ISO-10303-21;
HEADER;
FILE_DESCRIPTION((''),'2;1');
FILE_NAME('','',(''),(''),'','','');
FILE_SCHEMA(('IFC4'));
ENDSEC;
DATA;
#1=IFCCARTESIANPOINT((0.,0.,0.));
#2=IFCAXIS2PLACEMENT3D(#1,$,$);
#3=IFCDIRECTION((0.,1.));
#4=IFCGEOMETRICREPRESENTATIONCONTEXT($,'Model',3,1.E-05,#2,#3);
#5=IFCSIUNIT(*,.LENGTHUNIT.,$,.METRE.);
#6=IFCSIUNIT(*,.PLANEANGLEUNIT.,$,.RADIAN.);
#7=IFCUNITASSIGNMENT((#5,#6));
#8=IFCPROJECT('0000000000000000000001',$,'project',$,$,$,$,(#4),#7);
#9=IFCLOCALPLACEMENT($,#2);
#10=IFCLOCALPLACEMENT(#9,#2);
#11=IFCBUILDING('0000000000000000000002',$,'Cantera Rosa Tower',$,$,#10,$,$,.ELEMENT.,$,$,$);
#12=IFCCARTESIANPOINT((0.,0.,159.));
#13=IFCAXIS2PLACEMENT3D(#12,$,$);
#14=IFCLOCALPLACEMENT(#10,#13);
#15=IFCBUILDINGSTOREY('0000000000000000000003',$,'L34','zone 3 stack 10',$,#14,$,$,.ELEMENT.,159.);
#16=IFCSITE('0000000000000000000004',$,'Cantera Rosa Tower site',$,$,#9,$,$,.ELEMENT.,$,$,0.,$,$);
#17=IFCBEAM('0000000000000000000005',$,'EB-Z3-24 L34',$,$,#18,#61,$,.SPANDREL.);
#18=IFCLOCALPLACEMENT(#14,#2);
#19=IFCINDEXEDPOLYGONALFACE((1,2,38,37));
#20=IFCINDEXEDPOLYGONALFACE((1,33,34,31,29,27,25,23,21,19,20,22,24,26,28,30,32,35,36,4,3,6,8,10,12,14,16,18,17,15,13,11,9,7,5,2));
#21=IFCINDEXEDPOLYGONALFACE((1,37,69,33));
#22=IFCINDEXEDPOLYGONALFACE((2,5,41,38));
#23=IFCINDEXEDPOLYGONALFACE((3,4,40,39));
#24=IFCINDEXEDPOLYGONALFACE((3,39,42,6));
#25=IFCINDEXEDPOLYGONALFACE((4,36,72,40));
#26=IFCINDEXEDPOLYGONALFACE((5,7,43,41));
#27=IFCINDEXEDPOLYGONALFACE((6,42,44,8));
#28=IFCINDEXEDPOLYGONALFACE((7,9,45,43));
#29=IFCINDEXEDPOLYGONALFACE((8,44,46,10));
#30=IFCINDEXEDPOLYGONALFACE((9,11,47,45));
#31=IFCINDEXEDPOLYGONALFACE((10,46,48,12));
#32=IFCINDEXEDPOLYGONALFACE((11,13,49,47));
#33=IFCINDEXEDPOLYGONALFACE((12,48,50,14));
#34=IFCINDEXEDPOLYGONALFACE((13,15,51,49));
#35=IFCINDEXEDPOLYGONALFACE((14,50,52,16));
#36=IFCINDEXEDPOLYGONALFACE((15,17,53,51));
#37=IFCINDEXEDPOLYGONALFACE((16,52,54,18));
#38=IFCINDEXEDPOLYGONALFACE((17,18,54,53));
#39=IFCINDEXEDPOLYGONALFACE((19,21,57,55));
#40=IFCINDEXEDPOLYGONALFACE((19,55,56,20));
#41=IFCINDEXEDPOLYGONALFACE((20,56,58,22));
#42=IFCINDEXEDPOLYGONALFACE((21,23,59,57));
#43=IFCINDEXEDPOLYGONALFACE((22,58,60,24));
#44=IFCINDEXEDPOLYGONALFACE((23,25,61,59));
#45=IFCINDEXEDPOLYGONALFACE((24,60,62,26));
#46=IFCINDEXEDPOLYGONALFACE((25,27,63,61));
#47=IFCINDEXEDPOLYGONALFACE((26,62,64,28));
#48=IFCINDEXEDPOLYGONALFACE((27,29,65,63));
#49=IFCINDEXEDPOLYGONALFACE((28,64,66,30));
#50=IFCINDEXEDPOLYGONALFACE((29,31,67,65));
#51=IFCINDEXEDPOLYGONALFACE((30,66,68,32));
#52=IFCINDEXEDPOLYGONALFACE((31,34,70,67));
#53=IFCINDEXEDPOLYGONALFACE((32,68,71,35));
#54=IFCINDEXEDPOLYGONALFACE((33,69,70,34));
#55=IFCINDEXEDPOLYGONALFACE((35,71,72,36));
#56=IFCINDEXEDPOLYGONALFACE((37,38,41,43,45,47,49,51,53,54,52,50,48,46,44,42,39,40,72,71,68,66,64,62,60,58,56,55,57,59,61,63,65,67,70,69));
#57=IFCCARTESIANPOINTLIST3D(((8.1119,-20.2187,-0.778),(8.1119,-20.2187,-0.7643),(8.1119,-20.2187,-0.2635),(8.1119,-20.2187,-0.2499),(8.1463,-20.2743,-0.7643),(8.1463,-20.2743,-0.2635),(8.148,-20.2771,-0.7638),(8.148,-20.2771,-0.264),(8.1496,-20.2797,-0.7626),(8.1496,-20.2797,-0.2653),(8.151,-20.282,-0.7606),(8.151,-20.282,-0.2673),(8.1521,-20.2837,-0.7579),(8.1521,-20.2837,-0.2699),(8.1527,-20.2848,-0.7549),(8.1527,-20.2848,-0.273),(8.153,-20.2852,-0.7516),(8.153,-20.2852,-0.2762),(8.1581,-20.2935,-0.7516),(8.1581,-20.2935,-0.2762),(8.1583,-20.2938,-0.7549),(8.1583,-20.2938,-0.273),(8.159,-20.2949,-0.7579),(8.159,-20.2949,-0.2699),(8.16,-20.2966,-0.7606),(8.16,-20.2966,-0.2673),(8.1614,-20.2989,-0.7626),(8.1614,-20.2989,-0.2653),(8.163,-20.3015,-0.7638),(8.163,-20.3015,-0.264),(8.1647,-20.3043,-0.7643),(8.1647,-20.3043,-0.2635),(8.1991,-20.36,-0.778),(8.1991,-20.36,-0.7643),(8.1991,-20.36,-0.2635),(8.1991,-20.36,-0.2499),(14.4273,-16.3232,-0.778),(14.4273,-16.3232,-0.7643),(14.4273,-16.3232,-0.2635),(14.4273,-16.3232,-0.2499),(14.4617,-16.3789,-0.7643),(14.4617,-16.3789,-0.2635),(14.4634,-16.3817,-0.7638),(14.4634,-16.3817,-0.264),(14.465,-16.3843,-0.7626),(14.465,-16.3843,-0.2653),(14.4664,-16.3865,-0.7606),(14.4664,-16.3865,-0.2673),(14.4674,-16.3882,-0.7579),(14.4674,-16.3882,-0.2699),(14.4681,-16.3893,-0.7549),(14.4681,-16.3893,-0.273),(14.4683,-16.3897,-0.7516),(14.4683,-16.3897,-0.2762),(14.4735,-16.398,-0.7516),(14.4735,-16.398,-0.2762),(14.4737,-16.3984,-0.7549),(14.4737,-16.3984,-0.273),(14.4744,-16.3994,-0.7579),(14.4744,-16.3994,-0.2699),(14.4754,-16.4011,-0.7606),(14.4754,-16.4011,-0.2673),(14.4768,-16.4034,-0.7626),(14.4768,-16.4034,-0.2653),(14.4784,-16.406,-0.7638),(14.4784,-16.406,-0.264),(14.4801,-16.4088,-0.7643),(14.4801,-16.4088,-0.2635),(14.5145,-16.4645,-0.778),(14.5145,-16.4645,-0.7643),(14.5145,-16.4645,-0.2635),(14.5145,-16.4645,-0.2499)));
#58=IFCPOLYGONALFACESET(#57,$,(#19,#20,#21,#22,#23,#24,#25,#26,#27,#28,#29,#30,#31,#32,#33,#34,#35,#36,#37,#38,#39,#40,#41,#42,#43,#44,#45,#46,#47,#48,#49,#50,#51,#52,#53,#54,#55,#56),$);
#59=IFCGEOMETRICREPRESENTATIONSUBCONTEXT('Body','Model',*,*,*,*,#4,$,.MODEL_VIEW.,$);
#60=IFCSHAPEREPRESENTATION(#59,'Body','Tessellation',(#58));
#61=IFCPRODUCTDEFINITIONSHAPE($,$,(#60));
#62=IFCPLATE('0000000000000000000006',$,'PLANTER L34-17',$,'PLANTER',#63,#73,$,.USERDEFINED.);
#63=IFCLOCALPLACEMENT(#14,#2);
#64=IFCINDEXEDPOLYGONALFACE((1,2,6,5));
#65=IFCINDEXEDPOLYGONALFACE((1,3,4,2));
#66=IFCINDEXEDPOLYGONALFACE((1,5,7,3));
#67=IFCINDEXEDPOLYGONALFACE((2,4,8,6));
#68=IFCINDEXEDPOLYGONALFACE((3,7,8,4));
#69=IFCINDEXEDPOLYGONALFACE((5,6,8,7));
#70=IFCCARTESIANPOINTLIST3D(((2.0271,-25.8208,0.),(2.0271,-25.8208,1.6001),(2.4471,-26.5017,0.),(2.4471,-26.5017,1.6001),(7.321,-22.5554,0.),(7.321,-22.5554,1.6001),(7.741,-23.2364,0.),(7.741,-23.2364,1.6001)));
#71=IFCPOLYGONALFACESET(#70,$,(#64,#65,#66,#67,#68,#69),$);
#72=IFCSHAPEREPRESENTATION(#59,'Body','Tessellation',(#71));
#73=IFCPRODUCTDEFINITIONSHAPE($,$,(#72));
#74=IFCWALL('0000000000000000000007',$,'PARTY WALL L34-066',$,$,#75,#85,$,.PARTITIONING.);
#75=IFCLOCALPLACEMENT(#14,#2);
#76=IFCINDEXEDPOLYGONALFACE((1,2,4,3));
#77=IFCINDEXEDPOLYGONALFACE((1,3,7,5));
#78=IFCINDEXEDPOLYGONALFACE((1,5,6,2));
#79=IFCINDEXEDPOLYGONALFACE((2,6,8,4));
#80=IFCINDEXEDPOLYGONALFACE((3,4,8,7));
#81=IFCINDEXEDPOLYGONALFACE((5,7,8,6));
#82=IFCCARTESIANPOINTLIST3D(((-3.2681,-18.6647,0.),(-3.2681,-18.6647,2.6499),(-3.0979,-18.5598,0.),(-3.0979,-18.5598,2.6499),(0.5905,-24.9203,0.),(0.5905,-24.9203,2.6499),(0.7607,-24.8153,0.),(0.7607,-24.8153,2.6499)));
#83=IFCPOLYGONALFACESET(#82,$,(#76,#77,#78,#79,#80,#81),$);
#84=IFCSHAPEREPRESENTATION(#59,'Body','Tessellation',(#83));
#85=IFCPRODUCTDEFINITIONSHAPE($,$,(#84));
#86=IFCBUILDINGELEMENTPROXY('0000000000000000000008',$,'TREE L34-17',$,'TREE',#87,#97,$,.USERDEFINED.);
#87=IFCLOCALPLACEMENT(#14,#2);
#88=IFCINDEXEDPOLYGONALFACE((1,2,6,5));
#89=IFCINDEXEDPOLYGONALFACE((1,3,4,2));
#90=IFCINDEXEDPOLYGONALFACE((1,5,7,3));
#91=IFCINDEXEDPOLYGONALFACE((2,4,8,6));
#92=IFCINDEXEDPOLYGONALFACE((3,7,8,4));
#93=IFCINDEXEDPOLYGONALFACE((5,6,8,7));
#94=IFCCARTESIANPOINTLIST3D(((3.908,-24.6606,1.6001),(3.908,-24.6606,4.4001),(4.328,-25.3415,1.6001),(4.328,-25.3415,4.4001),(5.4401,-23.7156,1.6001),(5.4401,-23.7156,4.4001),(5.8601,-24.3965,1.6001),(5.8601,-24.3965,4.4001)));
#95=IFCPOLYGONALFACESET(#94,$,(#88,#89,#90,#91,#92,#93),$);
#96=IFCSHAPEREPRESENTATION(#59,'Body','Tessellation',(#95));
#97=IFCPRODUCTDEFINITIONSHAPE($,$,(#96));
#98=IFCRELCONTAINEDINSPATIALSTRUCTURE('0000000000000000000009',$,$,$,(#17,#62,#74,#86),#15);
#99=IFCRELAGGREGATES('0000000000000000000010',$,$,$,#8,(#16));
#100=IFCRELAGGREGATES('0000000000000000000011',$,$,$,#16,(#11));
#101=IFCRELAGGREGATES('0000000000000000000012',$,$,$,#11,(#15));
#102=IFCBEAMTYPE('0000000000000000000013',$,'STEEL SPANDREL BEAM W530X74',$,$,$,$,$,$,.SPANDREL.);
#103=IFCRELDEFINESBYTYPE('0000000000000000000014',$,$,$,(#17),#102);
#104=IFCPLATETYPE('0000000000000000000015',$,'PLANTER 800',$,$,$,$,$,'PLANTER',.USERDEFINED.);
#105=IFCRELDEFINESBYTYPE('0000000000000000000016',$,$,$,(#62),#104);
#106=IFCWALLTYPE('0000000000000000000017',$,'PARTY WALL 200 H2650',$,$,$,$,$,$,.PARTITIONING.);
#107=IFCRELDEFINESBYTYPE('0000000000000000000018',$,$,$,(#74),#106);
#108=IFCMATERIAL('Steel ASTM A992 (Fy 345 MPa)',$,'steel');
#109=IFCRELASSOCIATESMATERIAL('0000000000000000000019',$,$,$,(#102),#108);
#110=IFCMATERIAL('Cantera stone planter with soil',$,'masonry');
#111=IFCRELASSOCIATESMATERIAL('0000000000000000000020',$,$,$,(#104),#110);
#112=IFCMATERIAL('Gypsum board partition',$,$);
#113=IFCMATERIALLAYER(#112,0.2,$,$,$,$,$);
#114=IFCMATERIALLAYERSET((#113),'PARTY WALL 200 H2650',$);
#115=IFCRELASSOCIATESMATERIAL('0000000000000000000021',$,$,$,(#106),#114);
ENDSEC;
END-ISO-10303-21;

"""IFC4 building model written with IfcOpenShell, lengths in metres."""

from ifc_helpers import new_model, si_unit, direction, frame, frame_2d, origin, origin_2d, place, context, subcontext, project, spatial, rectangle, i_section, extrude, material, layer, layer_set, material_profile, profile_set, type_object, element, save


model = new_model("IFC4")

# Units and contexts
model_context = context("Model", 3, precision=1e-05, world=origin(), true_north=direction((0.0, 1.0)))
body_context = subcontext(model_context, "Body", "Model", "MODEL_VIEW")
ifc_project = project(units=[si_unit("LENGTHUNIT", "METRE"), si_unit("PLANEANGLEUNIT", "RADIAN")], contexts=[model_context])

# Site, building, storey
site_placement = place(None, origin())
site = spatial("IfcSite", under=ifc_project, at=site_placement, Name="Cantera Rosa Tower site", CompositionType="ELEMENT", RefElevation=0.0)
building_placement = place(site_placement, origin())
building = spatial("IfcBuilding", under=site, at=building_placement, Name="Cantera Rosa Tower", CompositionType="ELEMENT")
storey_placement = place(building_placement, frame((0.0, 0.0, 159.0)))
storey = spatial("IfcBuildingStorey", under=building, at=storey_placement, Name="L34", Description="zone 3 stack 10", CompositionType="ELEMENT", Elevation=159.0)

# Beam
ifc_material_1 = material(Name="Steel ASTM A992 (Fy 345 MPa)", Category="steel")
ifc_material_profile_1 = material_profile(ifc_material_1, i_section(OverallWidth=0.166, OverallDepth=0.5281, WebThickness=0.0098, FlangeThickness=0.0137, FilletRadius=0.0127, at=origin_2d()), Name="W530X74")
ifc_profile_set_1 = profile_set([ifc_material_profile_1], Name="Steel ASTM A992 (Fy 345 MPa)")
beam_type_1 = type_object("IfcBeamType", Name="STEEL SPANDREL BEAM W530X74", PredefinedType="SPANDREL", material=ifc_profile_set_1)
for number, where, z_axis, x_axis, name in (
    (1, (8.1555, -20.2893, -0.5139), (0.851111, 0.524986, 0.0), (-0.524986, 0.851111, 0.0), "EB-Z3-24 L34"),
):
    element("IfcBeam", number, at=place(storey_placement, frame(where, z_axis=z_axis, x_axis=x_axis)), inside=storey, type_object=beam_type_1, Name=name, PredefinedType="SPANDREL", context=body_context, shape_type="SweptSolid", body=[
        extrude(i_section(OverallWidth=0.166, OverallDepth=0.5281, WebThickness=0.0098, FlangeThickness=0.0137, FilletRadius=0.0127, at=origin_2d()), origin(), (0.0, 0.0, 1.0), 7.4202),
    ])

# Plate
ifc_material_2 = material(Name="Cantera stone planter with soil", Category="masonry")
plate_type = type_object("IfcPlateType", Name="PLANTER 800", ElementType="PLANTER", PredefinedType="USERDEFINED", material=ifc_material_2)
plate_placement = place(storey_placement, frame((4.884, -24.5286, 0.0), z_axis=(0.0, 0.0, 1.0), x_axis=(0.851117, 0.524977, 0.0)))
element("IfcPlate", 2, at=plate_placement, inside=storey, type_object=plate_type, Name="PLANTER L34-17", ObjectType="PLANTER", PredefinedType="USERDEFINED", context=body_context, shape_type="SweptSolid", body=[
    extrude(rectangle(XDim=6.22, YDim=0.8, at=origin_2d()), origin(), (0.0, 0.0, 1.0), 1.6001),
])

# Wall
ifc_material_3 = material(Name="Gypsum board partition")
ifc_layer_1 = layer(ifc_material_3, 0.2)
ifc_layer_set_1 = layer_set([ifc_layer_1], Name="PARTY WALL 200 H2650")
wall_type_1 = type_object("IfcWallType", Name="PARTY WALL 200 H2650", PredefinedType="PARTITIONING", material=ifc_layer_set_1)
wall_1_placement = place(storey_placement, frame((0.6755, -24.8677, 0.0), z_axis=(0.0, 0.0, 1.0), x_axis=(-0.524989, 0.851109, 0.0)))
element("IfcWall", 3, at=wall_1_placement, inside=storey, type_object=wall_type_1, Name="PARTY WALL L34-066", PredefinedType="PARTITIONING", context=body_context, shape_type="SweptSolid", body=[
    extrude(rectangle(XDim=7.3499, YDim=0.2, at=frame_2d((3.6748, 0.0))), origin(), (0.0, 0.0, 1.0), 2.6499),
])

# Building element proxy
proxy_placement = place(storey_placement, frame((4.884, -24.5286, 1.6001), z_axis=(0.0, 0.0, 1.0), x_axis=(0.851117, 0.524977, 0.0)))
element("IfcBuildingElementProxy", 4, at=proxy_placement, inside=storey, Name="TREE L34-17", ObjectType="TREE", PredefinedType="USERDEFINED", context=body_context, shape_type="SweptSolid", body=[
    extrude(rectangle(XDim=1.8, YDim=0.8, at=origin_2d()), origin(), (0.0, 0.0, 1.0), 2.8),
])

save(model, "model.ifc")
